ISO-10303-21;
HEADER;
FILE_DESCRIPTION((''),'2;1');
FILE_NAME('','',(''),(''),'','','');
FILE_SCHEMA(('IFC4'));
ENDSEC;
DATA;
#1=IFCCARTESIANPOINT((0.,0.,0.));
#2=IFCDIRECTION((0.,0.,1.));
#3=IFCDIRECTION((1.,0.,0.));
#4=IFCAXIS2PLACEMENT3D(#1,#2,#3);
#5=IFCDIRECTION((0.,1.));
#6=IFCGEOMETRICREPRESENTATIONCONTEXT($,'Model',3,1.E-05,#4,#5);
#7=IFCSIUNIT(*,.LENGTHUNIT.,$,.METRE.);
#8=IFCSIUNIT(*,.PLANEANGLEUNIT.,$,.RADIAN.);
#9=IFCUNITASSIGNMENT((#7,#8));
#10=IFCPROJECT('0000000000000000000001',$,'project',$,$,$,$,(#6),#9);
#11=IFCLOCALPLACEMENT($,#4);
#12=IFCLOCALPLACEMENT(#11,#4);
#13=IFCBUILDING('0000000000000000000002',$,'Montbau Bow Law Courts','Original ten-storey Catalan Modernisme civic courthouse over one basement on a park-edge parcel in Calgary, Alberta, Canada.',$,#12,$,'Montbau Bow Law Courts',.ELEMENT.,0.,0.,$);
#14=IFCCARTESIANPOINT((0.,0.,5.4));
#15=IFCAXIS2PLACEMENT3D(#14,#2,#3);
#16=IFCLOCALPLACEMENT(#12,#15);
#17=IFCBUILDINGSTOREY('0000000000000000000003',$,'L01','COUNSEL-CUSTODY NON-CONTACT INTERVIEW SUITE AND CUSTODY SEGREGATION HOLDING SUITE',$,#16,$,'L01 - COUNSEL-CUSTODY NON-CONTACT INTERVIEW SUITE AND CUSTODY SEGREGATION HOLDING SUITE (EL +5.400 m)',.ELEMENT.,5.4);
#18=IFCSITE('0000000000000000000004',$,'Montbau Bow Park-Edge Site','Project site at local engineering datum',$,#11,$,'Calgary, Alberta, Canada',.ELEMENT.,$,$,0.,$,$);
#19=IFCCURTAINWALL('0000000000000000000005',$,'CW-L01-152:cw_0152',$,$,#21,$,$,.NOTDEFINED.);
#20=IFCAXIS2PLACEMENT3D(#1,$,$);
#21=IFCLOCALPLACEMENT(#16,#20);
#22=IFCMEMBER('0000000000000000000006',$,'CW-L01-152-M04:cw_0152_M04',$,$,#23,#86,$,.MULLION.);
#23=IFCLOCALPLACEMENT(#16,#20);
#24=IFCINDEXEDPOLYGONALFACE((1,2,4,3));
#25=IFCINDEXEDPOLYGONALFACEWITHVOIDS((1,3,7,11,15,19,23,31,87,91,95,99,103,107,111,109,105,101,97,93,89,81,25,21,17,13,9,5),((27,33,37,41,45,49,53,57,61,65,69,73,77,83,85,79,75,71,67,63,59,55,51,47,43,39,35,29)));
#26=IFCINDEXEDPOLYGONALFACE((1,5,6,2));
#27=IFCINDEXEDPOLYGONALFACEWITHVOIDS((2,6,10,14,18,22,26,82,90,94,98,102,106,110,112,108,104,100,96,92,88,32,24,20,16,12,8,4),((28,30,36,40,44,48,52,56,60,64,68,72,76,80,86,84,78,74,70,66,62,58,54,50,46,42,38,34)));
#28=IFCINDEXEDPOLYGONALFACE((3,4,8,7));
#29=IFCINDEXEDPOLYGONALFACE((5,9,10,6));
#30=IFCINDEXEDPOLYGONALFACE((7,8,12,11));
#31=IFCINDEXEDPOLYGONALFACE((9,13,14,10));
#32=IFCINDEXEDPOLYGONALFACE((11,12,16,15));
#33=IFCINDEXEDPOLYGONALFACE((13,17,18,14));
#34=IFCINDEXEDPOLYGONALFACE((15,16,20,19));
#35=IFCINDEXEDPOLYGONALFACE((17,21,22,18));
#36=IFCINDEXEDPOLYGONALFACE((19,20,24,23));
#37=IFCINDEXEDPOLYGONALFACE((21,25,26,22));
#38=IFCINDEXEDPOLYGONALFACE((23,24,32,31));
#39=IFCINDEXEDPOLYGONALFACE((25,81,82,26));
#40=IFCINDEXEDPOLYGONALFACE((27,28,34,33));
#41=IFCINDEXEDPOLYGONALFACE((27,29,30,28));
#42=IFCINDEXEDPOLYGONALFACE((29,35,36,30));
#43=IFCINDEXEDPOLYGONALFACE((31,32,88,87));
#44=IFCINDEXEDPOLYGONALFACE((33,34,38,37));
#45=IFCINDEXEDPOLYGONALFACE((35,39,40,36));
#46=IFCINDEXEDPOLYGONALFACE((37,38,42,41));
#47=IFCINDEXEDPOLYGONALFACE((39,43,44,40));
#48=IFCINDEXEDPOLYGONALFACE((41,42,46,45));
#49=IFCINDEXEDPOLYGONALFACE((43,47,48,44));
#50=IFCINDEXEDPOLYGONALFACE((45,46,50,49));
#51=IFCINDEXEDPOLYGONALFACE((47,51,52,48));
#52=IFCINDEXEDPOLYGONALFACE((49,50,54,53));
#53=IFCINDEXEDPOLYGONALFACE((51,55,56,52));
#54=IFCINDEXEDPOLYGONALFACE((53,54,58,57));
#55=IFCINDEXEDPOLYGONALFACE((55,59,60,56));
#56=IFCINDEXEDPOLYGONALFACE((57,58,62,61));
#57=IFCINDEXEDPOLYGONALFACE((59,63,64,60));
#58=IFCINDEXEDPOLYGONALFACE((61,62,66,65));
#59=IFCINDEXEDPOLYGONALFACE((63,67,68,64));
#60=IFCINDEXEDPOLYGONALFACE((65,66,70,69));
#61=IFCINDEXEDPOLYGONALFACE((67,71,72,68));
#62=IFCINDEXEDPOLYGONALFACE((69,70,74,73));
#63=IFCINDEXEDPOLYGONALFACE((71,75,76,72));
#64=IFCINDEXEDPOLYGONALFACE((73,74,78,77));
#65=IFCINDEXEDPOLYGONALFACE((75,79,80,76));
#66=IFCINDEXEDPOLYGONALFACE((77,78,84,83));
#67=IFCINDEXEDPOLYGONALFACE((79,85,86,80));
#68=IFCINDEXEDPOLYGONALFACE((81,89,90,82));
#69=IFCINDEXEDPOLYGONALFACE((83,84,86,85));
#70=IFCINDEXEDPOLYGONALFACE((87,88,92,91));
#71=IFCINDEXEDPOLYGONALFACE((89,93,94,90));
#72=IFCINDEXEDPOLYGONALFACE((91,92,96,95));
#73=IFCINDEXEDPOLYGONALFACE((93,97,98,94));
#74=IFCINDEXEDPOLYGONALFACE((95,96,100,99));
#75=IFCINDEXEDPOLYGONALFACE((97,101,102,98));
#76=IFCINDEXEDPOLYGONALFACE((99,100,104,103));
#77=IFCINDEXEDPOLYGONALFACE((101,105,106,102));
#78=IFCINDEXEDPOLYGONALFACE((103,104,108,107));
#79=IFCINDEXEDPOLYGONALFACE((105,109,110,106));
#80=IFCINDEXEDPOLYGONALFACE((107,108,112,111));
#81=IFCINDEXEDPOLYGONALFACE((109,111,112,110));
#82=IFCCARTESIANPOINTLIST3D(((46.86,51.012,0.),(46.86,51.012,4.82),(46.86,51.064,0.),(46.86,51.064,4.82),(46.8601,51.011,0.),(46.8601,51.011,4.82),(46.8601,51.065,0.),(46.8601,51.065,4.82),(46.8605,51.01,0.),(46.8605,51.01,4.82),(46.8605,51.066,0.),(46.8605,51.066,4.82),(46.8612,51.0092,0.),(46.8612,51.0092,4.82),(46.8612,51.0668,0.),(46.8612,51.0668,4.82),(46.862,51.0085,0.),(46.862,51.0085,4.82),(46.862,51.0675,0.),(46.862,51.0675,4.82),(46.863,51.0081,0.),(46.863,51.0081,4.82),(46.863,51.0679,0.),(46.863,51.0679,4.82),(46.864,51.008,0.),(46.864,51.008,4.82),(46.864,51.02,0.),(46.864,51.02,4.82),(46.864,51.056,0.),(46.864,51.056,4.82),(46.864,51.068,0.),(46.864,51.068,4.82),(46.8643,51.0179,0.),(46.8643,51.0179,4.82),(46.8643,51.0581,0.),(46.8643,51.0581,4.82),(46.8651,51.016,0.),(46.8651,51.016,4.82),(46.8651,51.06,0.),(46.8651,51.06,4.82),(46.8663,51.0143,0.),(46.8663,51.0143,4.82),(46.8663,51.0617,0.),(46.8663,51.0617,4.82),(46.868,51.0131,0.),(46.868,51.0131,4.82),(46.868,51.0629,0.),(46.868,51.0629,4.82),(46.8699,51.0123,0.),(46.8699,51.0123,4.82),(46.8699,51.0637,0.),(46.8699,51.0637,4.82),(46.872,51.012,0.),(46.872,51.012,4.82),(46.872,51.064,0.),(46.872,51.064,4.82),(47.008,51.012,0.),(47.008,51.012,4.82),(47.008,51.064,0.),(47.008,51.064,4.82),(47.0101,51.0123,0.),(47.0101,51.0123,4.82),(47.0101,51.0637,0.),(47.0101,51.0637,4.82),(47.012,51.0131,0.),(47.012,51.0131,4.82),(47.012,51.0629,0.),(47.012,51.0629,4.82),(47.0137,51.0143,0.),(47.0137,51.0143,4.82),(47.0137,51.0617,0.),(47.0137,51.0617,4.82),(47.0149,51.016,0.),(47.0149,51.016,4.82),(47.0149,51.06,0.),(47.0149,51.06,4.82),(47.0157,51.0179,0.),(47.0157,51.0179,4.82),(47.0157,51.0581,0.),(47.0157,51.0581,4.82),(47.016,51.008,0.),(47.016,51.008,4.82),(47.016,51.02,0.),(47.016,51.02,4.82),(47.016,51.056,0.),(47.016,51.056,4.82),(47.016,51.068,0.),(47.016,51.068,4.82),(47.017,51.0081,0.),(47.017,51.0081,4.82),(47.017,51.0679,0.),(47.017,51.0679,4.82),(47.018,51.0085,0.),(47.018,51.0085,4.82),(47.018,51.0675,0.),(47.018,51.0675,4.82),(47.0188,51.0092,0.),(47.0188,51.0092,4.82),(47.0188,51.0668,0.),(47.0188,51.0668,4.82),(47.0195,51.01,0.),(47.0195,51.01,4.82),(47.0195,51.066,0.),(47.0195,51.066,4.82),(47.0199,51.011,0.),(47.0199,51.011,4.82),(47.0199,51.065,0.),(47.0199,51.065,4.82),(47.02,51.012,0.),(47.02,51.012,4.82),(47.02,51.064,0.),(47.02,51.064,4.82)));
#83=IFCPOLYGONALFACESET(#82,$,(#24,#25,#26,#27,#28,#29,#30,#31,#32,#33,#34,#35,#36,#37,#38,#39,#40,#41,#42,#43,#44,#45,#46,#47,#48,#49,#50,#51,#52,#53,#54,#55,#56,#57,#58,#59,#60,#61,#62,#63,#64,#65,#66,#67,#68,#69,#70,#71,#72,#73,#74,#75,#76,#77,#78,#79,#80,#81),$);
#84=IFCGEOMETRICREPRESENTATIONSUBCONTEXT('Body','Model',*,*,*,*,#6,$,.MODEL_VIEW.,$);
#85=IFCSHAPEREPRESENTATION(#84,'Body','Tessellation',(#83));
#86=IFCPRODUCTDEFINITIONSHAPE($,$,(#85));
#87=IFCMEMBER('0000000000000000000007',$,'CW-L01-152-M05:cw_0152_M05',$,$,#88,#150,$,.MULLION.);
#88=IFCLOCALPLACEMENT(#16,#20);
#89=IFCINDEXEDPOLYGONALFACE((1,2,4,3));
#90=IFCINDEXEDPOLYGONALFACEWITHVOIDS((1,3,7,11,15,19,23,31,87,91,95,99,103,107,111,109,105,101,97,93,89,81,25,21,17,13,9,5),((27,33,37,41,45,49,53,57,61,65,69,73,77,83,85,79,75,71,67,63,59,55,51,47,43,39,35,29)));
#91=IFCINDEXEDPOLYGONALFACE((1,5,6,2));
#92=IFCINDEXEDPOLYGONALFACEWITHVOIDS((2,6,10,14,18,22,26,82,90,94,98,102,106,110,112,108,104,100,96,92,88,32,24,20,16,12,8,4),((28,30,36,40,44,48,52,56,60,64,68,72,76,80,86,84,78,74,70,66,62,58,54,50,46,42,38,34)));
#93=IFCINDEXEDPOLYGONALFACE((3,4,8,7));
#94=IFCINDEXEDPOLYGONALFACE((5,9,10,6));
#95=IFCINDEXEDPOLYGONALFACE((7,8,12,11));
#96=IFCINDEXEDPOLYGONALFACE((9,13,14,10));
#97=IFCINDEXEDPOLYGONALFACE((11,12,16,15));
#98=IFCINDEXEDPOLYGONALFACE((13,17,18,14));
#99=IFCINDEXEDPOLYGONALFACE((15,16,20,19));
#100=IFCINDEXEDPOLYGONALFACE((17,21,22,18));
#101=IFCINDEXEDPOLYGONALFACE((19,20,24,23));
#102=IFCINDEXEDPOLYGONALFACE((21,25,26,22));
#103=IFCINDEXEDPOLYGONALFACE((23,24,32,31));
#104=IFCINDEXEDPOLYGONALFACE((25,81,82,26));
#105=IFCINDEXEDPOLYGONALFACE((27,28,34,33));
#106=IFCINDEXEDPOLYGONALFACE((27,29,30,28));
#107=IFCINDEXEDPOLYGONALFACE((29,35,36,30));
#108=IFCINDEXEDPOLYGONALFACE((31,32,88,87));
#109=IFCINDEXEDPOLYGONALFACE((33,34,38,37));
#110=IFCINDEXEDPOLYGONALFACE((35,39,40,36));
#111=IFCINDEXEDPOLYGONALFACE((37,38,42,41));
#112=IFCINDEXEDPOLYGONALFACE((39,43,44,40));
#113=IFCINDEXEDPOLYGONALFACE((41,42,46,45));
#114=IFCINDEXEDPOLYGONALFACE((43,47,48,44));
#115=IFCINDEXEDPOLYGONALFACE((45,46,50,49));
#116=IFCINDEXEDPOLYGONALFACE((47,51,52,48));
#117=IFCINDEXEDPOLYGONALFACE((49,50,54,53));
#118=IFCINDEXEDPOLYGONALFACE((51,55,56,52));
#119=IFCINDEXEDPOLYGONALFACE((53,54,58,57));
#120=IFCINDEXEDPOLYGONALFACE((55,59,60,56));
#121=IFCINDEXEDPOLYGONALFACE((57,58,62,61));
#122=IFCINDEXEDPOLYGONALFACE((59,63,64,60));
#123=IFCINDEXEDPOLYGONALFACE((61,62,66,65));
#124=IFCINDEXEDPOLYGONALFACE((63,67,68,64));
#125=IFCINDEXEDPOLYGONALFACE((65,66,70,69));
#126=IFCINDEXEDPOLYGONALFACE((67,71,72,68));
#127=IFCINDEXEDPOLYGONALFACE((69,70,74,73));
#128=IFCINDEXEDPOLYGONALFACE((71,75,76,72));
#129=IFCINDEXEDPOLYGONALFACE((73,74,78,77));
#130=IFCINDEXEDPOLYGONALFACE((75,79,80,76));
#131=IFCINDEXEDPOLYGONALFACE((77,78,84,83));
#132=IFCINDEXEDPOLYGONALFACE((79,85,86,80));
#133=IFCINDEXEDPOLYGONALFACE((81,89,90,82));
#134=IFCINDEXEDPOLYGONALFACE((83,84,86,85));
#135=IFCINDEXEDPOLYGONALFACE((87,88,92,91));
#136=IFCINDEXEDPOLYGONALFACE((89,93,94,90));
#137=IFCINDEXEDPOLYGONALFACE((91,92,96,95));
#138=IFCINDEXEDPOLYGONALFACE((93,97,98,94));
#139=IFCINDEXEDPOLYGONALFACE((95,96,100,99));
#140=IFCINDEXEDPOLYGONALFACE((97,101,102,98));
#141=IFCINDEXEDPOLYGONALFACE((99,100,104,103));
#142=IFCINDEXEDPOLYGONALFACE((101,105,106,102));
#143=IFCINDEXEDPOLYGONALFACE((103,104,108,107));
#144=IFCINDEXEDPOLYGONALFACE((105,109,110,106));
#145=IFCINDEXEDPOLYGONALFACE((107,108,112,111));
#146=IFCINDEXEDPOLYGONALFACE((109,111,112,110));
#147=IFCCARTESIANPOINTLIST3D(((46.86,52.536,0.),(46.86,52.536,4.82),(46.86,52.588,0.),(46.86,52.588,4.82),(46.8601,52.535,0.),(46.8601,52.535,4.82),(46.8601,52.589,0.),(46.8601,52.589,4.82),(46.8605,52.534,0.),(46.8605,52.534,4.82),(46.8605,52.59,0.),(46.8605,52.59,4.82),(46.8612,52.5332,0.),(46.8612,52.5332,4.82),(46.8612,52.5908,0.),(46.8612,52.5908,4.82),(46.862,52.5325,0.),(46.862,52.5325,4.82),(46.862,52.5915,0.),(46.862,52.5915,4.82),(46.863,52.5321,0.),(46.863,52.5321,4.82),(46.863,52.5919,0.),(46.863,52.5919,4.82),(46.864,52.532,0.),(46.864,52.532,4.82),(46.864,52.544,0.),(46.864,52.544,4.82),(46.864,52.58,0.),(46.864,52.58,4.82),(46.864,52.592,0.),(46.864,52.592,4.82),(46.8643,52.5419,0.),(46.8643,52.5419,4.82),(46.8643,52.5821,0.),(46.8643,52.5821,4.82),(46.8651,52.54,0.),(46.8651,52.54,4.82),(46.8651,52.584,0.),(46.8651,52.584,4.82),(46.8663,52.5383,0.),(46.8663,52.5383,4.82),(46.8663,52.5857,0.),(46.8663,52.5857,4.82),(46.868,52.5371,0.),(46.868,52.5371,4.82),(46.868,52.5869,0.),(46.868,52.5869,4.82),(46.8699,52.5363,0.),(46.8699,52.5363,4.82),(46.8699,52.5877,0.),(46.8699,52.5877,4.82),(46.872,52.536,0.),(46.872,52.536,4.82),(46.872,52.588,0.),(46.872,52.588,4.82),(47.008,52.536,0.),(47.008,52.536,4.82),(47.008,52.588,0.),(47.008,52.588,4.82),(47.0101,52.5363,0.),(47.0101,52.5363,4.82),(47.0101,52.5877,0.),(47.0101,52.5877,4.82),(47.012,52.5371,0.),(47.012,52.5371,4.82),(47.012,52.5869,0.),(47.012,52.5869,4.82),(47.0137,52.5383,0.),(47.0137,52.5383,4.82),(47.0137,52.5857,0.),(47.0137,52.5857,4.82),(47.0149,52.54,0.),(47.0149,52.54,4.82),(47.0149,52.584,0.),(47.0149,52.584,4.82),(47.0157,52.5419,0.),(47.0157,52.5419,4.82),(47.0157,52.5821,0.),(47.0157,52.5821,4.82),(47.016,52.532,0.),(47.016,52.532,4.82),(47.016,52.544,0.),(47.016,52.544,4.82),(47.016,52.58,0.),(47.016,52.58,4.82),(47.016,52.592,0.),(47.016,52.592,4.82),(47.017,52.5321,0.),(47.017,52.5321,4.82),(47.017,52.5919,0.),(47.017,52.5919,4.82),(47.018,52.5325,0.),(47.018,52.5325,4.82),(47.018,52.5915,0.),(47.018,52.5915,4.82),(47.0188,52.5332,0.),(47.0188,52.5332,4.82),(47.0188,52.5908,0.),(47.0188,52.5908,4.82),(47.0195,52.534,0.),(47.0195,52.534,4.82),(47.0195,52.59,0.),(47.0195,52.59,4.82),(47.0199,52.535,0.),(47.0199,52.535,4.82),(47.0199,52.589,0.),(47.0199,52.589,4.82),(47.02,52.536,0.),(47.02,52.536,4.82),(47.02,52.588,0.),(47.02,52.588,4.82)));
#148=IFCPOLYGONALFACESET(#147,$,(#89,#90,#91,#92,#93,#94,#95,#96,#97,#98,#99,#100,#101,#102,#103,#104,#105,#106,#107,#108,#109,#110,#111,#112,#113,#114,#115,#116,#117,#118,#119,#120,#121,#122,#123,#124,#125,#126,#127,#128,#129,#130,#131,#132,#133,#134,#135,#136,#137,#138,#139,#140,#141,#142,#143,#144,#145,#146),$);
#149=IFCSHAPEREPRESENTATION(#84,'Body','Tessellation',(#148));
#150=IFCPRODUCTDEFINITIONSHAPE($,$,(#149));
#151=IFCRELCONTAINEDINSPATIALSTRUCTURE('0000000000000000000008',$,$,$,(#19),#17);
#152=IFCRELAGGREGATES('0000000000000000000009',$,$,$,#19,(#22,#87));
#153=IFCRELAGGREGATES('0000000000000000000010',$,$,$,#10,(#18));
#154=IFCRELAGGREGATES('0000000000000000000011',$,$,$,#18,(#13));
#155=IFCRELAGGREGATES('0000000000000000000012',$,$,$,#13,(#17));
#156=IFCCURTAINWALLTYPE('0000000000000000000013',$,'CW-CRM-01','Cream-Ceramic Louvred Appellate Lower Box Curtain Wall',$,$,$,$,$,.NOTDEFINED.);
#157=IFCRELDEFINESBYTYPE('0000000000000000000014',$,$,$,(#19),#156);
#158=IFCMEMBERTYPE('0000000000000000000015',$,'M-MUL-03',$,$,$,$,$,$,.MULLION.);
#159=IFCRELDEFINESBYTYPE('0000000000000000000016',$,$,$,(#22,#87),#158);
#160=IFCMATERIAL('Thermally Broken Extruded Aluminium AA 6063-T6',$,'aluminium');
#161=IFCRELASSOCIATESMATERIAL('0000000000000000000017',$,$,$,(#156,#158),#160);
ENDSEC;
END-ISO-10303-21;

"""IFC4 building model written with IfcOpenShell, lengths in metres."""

from ifc_helpers import new_model, si_unit, direction, frame, origin_with_axes, origin_2d_with_axis, place, context, subcontext, project, spatial, hollow_rectangle, extrude, material, material_profile, profile_set, type_object, element, aggregate, save


model = new_model("IFC4")

# Units and contexts
model_context = context("Model", 3, precision=1e-05, world=origin_with_axes(), true_north=direction((0.0, 1.0)))
body_context = subcontext(model_context, "Body", "Model", "MODEL_VIEW")
ifc_project = project(units=[si_unit("LENGTHUNIT", "METRE"), si_unit("PLANEANGLEUNIT", "RADIAN")], contexts=[model_context])

# Site, building, storey
site_placement = place(None, origin_with_axes())
site = spatial("IfcSite", under=ifc_project, at=site_placement, Name="Montbau Bow Park-Edge Site", Description="Project site at local engineering datum", LongName="Calgary, Alberta, Canada", CompositionType="ELEMENT", RefElevation=0.0)
building_placement = place(site_placement, origin_with_axes())
building = spatial("IfcBuilding", under=site, at=building_placement, Name="Montbau Bow Law Courts", Description="Original ten-storey Catalan Modernisme civic courthouse over one basement on a park-edge parcel in Calgary, Alberta, Canada.", LongName="Montbau Bow Law Courts", CompositionType="ELEMENT", ElevationOfRefHeight=0.0, ElevationOfTerrain=0.0)
storey_placement = place(building_placement, frame((0.0, 0.0, 5.4), z_axis=(0.0, 0.0, 1.0), x_axis=(1.0, 0.0, 0.0)))
storey = spatial("IfcBuildingStorey", under=building, at=storey_placement, Name="L01", Description="COUNSEL-CUSTODY NON-CONTACT INTERVIEW SUITE AND CUSTODY SEGREGATION HOLDING SUITE", LongName="L01 - COUNSEL-CUSTODY NON-CONTACT INTERVIEW SUITE AND CUSTODY SEGREGATION HOLDING SUITE (EL +5.400 m)", CompositionType="ELEMENT", Elevation=5.4)

# Curtain wall, members
ifc_material_1 = material(Name="Thermally Broken Extruded Aluminium AA 6063-T6", Category="aluminium")
curtain_wall_type_1 = type_object("IfcCurtainWallType", Name="CW-CRM-01", Description="Cream-Ceramic Louvred Appellate Lower Box Curtain Wall", PredefinedType="NOTDEFINED", material=ifc_material_1)
curtain_wall_1_placement = place(None, frame((46.94, 46.468, 5.4), z_axis=(0.0, 0.0, 1.0), x_axis=(1.0, 0.0, 0.0)))
curtain_wall_1 = element("IfcCurtainWall", 1, at=curtain_wall_1_placement, inside=storey, type_object=curtain_wall_type_1, Name="CW-L01-152:cw_0152", PredefinedType="NOTDEFINED")
ifc_material_profile_1 = material_profile(ifc_material_1, hollow_rectangle(XDim=0.06, YDim=0.16, WallThickness=0.004, InnerFilletRadius=0.008, OuterFilletRadius=0.004, at=origin_2d_with_axis()), Name="CWM-160X60", Category="Main", Priority=0)
ifc_profile_set_1 = profile_set([ifc_material_profile_1], Name="Thermally Broken Extruded Aluminium AA 6063-T6")
member_type_1 = type_object("IfcMemberType", Name="M-MUL-03", PredefinedType="MULLION", material=ifc_profile_set_1)
member_1_placement = place(None, frame((46.94, 51.038, 5.4), z_axis=(0.0, 0.0, 1.0), x_axis=(0.0, 1.0, 0.0)))
member_1 = element("IfcMember", 2, at=member_1_placement, type_object=member_type_1, Name="CW-L01-152-M04:cw_0152_M04", PredefinedType="MULLION", context=body_context, shape_type="SweptSolid", body=[
    extrude(hollow_rectangle(XDim=0.06, YDim=0.16, WallThickness=0.004, InnerFilletRadius=0.008, OuterFilletRadius=0.004, at=origin_2d_with_axis()), origin_with_axes(), (0.0, 0.0, 1.0), 4.82),
])
member_2_placement = place(None, frame((46.94, 52.562, 5.4), z_axis=(0.0, 0.0, 1.0), x_axis=(0.0, 1.0, 0.0)))
member_2 = element("IfcMember", 3, at=member_2_placement, type_object=member_type_1, Name="CW-L01-152-M05:cw_0152_M05", PredefinedType="MULLION", context=body_context, shape_type="SweptSolid", body=[
    extrude(hollow_rectangle(XDim=0.06, YDim=0.16, WallThickness=0.004, InnerFilletRadius=0.008, OuterFilletRadius=0.004, at=origin_2d_with_axis()), origin_with_axes(), (0.0, 0.0, 1.0), 4.82),
])

aggregate(curtain_wall_1, [member_1, member_2])

save(model, "model.ifc")
